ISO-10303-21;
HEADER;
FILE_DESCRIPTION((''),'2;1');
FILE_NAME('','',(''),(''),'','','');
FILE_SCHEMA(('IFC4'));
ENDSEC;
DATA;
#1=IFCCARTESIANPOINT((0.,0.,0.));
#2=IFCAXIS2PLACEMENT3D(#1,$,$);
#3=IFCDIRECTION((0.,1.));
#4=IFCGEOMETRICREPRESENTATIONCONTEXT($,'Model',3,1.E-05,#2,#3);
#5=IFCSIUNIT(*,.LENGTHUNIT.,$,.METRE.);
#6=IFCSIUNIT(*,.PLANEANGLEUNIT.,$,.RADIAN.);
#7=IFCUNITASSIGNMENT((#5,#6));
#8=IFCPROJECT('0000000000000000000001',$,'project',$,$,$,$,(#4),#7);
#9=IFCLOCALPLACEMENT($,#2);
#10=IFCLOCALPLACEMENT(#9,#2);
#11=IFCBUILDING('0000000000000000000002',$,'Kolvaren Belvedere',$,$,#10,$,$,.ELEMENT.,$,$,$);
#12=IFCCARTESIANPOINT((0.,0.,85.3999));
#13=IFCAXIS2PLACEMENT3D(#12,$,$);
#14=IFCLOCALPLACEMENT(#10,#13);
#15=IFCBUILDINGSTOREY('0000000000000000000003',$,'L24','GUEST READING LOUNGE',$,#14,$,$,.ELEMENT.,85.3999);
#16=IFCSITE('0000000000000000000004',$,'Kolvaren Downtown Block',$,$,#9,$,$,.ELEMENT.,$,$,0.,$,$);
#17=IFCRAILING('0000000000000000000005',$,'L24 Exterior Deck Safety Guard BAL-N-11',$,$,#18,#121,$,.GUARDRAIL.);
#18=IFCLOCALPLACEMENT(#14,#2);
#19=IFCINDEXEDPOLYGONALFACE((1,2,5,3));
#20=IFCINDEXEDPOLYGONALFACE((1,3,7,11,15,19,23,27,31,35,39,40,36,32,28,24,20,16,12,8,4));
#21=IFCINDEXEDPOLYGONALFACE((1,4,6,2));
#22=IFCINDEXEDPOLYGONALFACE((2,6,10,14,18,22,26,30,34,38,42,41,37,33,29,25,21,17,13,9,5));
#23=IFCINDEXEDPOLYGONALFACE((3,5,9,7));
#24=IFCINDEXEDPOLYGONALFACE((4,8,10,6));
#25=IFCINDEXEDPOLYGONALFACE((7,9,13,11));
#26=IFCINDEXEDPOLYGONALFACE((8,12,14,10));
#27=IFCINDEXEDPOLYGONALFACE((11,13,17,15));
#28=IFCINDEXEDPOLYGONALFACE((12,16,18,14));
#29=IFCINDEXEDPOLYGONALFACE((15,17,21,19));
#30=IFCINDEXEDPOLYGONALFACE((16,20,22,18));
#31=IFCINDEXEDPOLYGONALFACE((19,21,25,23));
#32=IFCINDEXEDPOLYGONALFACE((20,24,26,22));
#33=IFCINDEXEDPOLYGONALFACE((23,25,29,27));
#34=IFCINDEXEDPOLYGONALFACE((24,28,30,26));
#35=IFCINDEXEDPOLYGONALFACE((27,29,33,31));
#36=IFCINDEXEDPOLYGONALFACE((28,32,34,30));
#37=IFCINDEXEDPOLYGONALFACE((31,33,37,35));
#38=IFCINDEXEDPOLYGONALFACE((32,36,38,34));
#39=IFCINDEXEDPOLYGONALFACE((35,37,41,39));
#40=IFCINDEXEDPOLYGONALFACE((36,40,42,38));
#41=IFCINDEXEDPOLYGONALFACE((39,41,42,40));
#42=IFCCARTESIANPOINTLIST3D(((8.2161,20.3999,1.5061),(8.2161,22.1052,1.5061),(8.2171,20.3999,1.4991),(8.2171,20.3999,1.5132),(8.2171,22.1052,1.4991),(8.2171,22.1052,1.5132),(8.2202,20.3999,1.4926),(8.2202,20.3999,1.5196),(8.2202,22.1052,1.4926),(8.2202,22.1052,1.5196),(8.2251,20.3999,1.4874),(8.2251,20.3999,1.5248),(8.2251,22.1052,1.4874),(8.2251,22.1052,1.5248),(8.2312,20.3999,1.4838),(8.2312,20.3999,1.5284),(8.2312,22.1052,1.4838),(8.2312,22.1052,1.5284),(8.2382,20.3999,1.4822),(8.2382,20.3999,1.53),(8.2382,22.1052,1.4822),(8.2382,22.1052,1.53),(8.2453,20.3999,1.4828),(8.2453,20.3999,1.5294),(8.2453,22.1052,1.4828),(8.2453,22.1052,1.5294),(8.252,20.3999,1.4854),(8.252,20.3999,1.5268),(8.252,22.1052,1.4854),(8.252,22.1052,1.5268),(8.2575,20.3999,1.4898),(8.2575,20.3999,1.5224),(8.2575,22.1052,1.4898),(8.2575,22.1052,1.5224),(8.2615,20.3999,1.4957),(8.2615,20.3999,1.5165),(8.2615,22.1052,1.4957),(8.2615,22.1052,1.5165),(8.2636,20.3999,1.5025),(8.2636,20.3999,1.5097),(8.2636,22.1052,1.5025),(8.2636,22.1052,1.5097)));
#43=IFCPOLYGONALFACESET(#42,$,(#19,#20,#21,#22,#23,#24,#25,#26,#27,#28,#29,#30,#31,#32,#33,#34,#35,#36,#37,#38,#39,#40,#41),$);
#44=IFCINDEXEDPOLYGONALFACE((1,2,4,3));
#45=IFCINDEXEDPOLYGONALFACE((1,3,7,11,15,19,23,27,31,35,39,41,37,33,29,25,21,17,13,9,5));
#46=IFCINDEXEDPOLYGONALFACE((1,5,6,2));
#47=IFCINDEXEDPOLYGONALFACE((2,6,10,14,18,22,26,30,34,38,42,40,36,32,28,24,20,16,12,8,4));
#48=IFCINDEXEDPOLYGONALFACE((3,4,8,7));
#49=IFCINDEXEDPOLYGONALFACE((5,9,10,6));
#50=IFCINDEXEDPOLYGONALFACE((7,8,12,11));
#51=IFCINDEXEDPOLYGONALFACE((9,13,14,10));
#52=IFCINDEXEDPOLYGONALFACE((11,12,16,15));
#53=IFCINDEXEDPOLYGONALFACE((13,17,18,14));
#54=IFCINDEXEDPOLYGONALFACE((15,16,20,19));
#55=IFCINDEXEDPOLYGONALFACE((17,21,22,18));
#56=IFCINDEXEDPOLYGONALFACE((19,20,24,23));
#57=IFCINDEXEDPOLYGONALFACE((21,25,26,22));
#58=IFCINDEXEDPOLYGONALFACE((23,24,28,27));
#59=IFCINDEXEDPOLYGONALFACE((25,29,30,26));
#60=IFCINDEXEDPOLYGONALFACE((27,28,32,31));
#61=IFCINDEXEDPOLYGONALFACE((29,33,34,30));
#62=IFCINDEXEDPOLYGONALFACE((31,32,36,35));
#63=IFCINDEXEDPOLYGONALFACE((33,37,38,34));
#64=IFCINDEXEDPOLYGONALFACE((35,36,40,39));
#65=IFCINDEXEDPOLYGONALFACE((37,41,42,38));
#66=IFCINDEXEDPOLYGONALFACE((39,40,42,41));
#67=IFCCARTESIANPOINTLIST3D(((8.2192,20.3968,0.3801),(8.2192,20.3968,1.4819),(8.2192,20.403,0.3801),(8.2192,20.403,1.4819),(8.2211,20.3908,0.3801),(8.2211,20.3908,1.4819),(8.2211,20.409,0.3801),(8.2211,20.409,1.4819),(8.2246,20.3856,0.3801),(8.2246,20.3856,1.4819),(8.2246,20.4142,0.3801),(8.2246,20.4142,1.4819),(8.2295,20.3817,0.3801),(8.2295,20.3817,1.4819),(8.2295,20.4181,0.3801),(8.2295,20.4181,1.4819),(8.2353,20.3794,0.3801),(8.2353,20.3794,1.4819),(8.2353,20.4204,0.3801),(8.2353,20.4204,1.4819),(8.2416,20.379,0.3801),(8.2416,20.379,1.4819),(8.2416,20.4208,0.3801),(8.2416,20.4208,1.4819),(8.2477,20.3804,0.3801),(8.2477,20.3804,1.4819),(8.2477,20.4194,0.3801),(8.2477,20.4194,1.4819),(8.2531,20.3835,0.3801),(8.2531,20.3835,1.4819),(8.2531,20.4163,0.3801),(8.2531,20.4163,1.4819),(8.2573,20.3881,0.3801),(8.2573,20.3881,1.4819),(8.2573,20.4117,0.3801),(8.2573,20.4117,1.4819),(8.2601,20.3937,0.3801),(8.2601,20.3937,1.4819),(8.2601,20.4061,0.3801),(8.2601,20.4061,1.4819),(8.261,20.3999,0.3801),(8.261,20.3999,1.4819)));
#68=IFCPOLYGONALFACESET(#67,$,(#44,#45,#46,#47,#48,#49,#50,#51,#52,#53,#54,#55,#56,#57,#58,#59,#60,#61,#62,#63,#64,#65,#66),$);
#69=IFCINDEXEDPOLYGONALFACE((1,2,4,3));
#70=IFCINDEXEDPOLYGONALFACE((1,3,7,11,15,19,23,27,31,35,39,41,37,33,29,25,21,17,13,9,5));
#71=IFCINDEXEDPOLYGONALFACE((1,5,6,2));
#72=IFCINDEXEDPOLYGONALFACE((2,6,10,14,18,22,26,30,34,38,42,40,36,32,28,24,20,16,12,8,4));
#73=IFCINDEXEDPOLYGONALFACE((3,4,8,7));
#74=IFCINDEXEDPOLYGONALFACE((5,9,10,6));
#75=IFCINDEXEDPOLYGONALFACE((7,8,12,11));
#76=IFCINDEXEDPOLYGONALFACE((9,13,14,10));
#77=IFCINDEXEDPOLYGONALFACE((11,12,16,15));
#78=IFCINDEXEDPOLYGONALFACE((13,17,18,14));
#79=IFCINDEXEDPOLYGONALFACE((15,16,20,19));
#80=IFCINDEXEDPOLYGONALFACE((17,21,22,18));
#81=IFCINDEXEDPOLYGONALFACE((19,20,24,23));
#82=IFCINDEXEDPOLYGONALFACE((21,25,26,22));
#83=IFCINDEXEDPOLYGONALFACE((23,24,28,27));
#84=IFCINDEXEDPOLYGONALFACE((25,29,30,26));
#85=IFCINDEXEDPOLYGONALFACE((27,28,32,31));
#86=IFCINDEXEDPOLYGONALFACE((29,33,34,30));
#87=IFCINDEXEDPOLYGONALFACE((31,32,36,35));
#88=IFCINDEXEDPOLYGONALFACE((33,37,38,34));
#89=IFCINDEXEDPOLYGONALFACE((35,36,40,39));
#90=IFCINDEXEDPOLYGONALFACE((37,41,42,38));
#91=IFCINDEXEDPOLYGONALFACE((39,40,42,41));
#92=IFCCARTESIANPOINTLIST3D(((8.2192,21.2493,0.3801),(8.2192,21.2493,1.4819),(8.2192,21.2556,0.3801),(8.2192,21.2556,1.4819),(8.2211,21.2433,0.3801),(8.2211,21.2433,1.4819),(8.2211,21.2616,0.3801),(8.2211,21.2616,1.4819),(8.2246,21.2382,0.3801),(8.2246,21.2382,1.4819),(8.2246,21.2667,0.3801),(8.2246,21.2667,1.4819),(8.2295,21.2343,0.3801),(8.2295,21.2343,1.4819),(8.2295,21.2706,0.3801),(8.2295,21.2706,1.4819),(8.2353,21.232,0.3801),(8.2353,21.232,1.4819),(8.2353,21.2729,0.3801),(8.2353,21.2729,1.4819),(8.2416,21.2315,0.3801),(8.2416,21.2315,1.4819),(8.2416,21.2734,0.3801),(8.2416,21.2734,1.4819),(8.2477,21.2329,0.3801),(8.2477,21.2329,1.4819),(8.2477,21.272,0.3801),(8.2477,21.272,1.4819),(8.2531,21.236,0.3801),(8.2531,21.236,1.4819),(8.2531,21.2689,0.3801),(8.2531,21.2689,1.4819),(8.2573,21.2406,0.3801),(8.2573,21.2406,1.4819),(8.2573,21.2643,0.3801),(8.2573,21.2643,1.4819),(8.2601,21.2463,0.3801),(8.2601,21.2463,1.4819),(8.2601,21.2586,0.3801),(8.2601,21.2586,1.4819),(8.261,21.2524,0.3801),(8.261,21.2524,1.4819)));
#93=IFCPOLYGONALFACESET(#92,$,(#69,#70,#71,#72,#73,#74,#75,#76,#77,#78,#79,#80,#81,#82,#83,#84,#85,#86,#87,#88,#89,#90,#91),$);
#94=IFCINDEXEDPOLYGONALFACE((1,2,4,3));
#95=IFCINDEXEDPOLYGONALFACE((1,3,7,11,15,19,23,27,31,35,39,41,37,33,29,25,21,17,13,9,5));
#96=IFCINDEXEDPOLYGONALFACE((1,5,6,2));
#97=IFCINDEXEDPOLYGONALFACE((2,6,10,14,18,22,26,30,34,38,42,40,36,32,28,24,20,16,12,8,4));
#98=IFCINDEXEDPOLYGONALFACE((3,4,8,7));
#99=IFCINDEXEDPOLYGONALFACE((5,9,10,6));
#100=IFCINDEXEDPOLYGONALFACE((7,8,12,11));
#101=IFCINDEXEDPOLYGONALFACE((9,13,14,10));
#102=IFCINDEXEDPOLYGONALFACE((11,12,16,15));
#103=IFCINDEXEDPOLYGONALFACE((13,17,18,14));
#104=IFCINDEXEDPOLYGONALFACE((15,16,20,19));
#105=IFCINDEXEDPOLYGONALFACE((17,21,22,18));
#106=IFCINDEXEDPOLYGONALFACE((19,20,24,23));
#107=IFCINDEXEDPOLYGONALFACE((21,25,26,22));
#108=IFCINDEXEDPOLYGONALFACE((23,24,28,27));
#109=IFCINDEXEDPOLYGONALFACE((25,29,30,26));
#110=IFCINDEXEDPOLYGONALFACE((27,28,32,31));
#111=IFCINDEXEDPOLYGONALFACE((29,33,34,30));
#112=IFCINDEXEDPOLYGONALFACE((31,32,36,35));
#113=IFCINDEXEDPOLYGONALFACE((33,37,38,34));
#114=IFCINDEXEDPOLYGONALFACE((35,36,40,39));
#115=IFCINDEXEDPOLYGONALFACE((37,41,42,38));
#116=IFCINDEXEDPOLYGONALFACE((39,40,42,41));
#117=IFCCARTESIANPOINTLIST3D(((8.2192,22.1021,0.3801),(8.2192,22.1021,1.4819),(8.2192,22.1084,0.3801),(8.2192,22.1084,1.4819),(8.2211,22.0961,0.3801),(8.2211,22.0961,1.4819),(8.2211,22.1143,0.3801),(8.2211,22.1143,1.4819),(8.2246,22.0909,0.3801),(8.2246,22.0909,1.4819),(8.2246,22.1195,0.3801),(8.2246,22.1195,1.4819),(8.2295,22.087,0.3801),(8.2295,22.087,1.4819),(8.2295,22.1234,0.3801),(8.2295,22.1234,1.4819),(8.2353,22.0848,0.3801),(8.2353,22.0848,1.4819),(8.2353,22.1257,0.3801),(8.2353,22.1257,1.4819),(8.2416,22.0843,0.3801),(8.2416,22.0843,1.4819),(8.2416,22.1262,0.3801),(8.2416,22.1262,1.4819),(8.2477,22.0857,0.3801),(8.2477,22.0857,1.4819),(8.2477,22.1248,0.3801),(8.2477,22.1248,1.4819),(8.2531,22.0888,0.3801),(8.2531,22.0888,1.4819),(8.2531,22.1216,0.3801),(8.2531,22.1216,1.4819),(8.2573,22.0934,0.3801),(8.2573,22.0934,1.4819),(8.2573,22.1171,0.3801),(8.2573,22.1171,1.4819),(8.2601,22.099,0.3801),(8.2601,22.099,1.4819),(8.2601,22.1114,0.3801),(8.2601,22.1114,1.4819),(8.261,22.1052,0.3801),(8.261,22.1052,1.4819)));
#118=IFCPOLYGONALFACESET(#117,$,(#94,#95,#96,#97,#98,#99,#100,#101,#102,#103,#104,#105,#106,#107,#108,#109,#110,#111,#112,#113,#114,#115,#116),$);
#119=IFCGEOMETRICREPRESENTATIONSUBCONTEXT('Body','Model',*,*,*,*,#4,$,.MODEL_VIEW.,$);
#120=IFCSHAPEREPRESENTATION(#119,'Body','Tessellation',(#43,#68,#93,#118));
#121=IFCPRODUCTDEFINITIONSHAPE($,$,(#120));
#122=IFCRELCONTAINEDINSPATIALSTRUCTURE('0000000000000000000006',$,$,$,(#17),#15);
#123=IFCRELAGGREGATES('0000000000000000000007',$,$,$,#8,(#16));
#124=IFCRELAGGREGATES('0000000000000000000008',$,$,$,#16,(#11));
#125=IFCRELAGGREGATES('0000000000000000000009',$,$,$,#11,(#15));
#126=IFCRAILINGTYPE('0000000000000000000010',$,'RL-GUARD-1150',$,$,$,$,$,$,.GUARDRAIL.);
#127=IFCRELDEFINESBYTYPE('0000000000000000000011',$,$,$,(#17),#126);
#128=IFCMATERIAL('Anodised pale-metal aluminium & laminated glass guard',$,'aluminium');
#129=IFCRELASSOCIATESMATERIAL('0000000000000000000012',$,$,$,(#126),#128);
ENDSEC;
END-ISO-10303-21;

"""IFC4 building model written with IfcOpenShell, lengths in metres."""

from ifc_helpers import new_model, si_unit, direction, frame, origin, origin_2d, place, context, subcontext, project, spatial, circle, extrude, material, type_object, element, save


model = new_model("IFC4")

# Units and contexts
model_context = context("Model", 3, precision=1e-05, world=origin(), true_north=direction((0.0, 1.0)))
body_context = subcontext(model_context, "Body", "Model", "MODEL_VIEW")
ifc_project = project(units=[si_unit("LENGTHUNIT", "METRE"), si_unit("PLANEANGLEUNIT", "RADIAN")], contexts=[model_context])

# Site, building, storey
site_placement = place(None, origin())
site = spatial("IfcSite", under=ifc_project, at=site_placement, Name="Kolvaren Downtown Block", CompositionType="ELEMENT", RefElevation=0.0)
building_placement = place(site_placement, origin())
building = spatial("IfcBuilding", under=site, at=building_placement, Name="Kolvaren Belvedere", CompositionType="ELEMENT")
storey_placement = place(building_placement, frame((0.0, 0.0, 85.3999)))
storey = spatial("IfcBuildingStorey", under=building, at=storey_placement, Name="L24", Description="GUEST READING LOUNGE", CompositionType="ELEMENT", Elevation=85.3999)

# Railing
ifc_material_1 = material(Name="Anodised pale-metal aluminium & laminated glass guard", Category="aluminium")
railing_type = type_object("IfcRailingType", Name="RL-GUARD-1150", PredefinedType="GUARDRAIL", material=ifc_material_1)
railing_1_placement = place(storey_placement, frame((8.24, 20.3999, 0.3801)))
element("IfcRailing", 1, at=railing_1_placement, inside=storey, type_object=railing_type, Name="L24 Exterior Deck Safety Guard BAL-N-11", PredefinedType="GUARDRAIL", context=body_context, shape_type="SweptSolid", body=[
    extrude(circle(Radius=0.0239, at=origin_2d()), frame((0.0, 0.0, 1.126), z_axis=(0.0, 1.0, 0.0), x_axis=(-1.0, 0.0, 0.0)), (0.0, 0.0, 1.0), 1.7053),
    extrude(circle(Radius=0.021, at=origin_2d()), origin(), (0.0, 0.0, 1.0), 1.1018),
    extrude(circle(Radius=0.021, at=origin_2d()), frame((0.0, 0.8525, 0.0)), (0.0, 0.0, 1.0), 1.1018),
    extrude(circle(Radius=0.021, at=origin_2d()), frame((0.0, 1.7053, 0.0)), (0.0, 0.0, 1.0), 1.1018),
])

save(model, "model.ifc")
